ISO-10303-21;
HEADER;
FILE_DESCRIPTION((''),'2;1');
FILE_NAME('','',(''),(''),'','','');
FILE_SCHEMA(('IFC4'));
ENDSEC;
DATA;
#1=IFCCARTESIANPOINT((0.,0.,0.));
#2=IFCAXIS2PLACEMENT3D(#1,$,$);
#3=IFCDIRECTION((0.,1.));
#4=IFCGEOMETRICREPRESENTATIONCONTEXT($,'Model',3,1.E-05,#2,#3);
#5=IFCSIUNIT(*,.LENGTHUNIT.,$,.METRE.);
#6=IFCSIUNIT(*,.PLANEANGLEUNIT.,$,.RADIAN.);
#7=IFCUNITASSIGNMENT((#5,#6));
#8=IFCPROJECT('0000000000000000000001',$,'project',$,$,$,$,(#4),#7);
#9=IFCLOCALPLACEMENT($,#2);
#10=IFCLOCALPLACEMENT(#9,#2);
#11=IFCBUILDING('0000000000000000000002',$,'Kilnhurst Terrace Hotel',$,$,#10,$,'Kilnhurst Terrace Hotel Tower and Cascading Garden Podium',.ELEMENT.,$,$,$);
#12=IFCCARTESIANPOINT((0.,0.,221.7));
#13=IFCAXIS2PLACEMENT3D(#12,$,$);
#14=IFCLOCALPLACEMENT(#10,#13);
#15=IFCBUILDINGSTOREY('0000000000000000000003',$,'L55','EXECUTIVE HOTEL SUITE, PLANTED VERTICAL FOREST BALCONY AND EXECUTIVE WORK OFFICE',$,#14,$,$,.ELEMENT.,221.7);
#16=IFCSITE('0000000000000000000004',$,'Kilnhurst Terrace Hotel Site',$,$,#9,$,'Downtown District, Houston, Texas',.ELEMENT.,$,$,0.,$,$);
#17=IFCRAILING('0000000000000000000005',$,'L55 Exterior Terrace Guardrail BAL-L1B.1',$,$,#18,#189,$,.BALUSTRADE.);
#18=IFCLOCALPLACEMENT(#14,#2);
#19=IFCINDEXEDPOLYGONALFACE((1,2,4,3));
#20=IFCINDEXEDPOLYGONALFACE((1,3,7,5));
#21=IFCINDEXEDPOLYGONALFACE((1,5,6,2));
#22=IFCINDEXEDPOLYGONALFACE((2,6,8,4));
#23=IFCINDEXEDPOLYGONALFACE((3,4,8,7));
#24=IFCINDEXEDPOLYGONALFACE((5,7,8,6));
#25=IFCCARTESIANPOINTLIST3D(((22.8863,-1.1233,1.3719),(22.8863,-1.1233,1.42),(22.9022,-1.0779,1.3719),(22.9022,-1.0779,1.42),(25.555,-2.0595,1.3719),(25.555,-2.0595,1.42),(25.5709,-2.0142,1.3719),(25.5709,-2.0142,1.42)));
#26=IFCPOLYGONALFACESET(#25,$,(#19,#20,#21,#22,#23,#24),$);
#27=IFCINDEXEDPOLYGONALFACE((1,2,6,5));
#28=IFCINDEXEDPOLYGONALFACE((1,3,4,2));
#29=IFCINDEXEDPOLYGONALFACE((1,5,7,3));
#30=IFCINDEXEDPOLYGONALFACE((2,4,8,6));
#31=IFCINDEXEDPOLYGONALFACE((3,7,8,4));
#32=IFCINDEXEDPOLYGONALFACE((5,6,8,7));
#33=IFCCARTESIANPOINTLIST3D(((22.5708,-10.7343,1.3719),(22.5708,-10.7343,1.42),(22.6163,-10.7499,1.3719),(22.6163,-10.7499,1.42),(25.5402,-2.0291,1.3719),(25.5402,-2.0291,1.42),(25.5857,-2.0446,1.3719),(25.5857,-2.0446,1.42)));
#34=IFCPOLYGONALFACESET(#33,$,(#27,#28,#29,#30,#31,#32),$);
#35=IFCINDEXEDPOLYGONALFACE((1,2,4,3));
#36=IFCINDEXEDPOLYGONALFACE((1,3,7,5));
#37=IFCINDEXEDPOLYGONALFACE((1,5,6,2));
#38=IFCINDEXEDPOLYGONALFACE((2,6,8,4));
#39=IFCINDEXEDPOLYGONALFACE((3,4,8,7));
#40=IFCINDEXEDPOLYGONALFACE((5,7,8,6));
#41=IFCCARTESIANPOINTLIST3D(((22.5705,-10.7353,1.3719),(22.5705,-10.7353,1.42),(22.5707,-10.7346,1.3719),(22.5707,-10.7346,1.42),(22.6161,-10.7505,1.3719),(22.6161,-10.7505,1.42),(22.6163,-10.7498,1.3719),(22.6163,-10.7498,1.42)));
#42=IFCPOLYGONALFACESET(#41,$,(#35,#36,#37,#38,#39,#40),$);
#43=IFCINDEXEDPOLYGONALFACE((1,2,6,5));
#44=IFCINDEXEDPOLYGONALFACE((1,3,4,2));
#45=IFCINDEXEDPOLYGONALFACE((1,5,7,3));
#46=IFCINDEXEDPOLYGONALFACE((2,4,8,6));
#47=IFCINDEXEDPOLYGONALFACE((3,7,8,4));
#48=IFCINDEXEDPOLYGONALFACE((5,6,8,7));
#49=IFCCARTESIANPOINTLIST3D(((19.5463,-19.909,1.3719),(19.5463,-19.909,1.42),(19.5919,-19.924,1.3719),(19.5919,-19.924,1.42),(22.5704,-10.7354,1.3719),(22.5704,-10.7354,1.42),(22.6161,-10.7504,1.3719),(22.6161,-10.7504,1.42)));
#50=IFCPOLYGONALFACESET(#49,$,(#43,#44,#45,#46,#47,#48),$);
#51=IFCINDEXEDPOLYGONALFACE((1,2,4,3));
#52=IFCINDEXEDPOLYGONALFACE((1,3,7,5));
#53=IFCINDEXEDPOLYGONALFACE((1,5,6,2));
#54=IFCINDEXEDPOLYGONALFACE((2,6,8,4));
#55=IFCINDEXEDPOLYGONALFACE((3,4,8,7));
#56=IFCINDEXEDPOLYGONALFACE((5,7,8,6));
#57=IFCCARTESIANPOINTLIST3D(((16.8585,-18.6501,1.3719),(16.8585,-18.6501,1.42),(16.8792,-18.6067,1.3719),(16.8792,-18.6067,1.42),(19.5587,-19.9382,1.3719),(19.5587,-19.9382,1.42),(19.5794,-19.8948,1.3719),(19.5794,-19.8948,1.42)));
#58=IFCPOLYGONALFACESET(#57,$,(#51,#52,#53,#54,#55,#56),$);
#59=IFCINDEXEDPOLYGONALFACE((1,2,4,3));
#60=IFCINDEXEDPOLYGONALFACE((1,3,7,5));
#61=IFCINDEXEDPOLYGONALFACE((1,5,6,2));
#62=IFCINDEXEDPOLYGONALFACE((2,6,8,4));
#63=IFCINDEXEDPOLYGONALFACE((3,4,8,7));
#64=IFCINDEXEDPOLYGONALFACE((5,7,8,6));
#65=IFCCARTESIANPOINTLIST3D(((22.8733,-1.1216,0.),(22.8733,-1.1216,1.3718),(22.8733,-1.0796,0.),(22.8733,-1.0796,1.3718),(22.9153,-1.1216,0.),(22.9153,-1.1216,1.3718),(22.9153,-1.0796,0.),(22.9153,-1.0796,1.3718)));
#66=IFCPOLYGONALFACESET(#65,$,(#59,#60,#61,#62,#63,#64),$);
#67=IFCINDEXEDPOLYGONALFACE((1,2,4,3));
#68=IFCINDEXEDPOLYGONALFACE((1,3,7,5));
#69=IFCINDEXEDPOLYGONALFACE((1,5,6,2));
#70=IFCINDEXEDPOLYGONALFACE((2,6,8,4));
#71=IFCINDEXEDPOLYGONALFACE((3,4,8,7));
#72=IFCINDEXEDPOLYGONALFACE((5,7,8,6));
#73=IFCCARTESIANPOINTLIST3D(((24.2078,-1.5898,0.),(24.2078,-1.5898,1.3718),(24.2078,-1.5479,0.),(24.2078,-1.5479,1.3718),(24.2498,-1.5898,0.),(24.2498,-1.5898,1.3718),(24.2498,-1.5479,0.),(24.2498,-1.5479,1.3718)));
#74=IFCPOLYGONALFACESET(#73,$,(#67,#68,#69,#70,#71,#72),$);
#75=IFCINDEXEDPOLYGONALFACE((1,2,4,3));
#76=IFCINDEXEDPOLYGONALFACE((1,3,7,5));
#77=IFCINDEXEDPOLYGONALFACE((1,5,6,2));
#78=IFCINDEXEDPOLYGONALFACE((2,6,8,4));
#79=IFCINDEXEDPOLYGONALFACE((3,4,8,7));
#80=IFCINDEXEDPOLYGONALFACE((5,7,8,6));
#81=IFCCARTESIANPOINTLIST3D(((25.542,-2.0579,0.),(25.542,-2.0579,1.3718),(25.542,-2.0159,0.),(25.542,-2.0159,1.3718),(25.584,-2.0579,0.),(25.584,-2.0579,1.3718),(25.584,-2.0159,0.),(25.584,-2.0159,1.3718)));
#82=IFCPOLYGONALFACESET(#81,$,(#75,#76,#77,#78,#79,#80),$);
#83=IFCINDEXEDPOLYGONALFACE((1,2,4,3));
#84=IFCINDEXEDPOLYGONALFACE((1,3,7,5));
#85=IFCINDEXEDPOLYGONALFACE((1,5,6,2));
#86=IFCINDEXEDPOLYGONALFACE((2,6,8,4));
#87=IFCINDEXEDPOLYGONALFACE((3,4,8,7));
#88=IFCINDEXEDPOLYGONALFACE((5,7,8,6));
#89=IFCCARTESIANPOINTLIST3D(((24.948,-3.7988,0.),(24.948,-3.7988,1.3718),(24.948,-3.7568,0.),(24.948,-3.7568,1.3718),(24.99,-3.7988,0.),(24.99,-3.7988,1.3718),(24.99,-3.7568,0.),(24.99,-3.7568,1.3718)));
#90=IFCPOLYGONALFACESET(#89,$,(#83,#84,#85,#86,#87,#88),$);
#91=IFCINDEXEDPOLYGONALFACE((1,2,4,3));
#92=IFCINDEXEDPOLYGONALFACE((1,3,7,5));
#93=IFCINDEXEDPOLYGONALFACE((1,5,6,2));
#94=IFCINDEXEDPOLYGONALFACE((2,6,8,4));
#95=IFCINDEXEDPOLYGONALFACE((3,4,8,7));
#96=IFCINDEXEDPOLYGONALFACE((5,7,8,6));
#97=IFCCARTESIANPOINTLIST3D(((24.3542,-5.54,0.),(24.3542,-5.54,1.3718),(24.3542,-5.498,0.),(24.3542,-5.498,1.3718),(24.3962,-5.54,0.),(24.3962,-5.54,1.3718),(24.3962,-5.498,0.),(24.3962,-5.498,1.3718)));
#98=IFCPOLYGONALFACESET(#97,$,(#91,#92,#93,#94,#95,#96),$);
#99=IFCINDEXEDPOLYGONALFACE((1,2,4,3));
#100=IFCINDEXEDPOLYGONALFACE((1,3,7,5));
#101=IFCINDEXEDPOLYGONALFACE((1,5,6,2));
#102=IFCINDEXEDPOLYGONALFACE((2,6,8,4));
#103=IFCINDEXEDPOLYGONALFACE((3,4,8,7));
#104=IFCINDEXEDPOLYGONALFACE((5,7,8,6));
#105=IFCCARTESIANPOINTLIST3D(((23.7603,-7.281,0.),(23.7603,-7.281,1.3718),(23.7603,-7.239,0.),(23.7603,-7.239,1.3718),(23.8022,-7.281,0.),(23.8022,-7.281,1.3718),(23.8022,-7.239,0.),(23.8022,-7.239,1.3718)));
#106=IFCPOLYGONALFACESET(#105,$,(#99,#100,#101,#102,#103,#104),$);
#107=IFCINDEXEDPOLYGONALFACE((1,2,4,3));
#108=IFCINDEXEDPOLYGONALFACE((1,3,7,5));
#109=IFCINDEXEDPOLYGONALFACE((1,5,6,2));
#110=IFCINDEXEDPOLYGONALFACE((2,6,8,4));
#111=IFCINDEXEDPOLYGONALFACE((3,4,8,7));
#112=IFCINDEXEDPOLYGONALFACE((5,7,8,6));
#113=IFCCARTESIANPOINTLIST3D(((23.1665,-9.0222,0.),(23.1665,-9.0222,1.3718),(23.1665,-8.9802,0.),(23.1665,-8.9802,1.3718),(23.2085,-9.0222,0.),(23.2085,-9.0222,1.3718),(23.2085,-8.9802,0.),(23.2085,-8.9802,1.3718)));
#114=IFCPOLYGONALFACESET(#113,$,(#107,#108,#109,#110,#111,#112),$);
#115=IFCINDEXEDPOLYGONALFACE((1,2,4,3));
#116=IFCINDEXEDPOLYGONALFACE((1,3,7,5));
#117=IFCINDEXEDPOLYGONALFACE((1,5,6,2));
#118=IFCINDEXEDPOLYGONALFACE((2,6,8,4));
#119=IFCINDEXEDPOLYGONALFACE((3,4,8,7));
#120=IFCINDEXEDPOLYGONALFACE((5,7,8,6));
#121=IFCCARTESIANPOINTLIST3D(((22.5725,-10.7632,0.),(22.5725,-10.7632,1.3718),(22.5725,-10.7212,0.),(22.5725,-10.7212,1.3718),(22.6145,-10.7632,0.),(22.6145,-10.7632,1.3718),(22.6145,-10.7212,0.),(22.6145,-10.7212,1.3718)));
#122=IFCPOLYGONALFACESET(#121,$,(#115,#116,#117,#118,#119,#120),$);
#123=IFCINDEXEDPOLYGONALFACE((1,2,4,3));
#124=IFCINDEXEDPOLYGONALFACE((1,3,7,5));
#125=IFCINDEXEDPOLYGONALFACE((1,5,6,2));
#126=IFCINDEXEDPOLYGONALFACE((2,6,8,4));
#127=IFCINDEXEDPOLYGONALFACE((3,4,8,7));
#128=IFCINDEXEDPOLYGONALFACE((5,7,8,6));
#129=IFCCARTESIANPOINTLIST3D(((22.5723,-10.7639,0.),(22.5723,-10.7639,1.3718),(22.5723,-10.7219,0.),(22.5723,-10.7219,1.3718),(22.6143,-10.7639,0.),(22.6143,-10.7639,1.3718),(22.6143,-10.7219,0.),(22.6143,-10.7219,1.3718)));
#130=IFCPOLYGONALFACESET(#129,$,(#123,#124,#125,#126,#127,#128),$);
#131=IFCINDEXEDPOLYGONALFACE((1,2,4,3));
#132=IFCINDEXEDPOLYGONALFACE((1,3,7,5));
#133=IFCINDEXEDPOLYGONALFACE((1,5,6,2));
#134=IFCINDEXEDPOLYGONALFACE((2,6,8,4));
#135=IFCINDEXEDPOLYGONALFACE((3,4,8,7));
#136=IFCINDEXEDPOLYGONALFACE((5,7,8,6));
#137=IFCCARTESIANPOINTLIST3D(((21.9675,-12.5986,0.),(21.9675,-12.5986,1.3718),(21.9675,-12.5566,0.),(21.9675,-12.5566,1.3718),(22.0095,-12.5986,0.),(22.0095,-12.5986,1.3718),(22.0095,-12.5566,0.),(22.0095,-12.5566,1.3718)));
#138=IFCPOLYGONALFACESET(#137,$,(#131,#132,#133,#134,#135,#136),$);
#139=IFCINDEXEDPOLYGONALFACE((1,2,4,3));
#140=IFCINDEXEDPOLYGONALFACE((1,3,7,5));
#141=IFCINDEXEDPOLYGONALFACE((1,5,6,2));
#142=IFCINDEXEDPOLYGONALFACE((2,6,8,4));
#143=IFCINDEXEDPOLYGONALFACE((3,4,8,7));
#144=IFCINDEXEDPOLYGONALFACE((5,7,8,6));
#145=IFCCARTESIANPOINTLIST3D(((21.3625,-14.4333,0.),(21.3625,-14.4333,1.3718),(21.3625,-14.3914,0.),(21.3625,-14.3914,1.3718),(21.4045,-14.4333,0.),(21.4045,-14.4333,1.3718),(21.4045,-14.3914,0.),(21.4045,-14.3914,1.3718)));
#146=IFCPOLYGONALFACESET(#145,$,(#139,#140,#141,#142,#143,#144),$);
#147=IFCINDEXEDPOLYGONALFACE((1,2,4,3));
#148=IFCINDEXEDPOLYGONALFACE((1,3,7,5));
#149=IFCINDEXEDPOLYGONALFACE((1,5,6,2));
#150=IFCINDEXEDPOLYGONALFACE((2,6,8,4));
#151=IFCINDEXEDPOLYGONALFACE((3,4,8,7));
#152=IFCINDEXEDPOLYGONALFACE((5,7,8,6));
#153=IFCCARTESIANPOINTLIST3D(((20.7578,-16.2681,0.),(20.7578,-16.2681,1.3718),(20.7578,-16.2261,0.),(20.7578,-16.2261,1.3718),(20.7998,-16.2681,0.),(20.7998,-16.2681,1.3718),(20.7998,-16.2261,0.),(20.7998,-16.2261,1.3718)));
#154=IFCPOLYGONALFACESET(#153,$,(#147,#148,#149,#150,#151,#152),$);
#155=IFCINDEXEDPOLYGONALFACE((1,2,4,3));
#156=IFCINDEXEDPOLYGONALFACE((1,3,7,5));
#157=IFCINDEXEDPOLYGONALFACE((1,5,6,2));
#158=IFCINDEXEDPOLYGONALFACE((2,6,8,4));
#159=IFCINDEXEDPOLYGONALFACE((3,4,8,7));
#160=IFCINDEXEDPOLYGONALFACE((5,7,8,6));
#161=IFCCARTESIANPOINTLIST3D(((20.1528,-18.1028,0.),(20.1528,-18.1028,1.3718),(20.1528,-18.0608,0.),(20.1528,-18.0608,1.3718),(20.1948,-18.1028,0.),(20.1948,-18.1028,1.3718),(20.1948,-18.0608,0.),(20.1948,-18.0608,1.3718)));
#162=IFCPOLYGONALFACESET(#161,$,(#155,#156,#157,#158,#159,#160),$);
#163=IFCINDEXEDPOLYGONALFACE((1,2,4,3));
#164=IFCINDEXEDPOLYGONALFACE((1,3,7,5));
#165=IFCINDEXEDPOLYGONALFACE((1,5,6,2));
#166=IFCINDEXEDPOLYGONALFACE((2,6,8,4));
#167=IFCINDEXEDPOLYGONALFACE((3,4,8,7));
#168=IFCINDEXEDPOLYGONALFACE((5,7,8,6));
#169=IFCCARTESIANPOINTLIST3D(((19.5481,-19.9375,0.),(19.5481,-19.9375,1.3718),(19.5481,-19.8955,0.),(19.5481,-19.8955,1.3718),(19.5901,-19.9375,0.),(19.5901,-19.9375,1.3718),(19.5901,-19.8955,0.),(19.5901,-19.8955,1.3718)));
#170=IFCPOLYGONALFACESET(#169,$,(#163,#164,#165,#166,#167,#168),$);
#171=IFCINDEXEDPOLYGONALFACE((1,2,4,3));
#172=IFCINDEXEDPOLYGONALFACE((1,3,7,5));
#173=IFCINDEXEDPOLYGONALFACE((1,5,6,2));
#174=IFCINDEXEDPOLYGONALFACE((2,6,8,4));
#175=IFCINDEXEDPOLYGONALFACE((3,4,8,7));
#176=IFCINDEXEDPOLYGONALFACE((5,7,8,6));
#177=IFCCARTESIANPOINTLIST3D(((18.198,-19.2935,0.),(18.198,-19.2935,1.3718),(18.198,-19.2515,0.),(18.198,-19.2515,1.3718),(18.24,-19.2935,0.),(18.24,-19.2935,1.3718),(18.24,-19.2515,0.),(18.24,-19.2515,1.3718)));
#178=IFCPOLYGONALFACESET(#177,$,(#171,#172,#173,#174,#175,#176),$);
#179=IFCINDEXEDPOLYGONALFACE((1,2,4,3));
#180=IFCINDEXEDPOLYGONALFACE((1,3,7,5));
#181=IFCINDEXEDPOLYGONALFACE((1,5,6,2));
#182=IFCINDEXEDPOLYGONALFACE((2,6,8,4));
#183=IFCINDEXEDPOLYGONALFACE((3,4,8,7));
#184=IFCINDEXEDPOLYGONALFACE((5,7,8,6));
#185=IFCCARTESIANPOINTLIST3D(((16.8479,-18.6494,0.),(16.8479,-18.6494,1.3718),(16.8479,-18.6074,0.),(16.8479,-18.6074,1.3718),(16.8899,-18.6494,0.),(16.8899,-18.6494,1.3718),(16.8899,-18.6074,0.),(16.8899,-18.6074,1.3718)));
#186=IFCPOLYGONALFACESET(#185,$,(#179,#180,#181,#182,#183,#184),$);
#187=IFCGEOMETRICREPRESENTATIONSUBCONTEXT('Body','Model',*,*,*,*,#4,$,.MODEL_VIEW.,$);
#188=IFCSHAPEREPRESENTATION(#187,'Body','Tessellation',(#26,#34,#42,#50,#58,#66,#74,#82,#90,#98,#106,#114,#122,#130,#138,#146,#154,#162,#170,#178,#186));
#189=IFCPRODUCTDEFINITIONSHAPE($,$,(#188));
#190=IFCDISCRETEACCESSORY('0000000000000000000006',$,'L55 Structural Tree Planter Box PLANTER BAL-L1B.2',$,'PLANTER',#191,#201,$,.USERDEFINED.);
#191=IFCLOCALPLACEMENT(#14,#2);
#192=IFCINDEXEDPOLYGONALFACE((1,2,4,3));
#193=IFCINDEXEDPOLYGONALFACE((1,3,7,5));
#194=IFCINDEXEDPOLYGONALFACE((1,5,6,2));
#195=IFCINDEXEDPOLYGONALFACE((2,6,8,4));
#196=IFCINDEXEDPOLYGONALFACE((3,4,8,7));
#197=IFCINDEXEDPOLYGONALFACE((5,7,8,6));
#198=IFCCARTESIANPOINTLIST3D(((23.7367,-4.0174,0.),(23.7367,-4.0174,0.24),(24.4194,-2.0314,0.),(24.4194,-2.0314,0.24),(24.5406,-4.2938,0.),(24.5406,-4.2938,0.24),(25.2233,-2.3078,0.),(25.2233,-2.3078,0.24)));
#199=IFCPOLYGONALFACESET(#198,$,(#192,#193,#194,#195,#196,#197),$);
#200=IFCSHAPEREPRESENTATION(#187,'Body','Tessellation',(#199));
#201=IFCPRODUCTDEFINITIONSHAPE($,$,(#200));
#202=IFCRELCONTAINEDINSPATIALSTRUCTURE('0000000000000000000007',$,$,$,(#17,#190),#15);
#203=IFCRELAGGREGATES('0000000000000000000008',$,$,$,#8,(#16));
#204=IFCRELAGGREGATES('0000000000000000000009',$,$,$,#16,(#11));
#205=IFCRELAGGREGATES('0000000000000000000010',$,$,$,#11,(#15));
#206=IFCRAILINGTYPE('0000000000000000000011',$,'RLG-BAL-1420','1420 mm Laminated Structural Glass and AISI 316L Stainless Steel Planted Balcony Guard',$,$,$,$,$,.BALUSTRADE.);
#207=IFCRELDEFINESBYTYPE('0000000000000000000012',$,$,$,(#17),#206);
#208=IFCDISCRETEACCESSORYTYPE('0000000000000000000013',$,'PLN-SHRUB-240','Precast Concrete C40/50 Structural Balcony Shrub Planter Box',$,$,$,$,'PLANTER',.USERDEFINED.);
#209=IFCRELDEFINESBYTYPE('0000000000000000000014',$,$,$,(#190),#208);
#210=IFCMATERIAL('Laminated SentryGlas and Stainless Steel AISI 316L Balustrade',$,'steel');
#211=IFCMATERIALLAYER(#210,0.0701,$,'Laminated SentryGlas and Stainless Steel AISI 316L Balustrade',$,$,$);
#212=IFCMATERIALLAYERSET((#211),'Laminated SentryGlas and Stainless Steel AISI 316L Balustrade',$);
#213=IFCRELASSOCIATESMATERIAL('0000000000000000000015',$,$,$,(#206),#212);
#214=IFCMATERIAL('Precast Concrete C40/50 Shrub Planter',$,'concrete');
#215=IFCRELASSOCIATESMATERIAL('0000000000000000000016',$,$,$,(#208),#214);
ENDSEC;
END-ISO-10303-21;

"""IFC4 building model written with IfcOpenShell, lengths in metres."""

from ifc_helpers import new_model, si_unit, direction, frame, origin, origin_2d, place, context, subcontext, project, spatial, rectangle, extrude, material, layer, layer_set, type_object, element, save


model = new_model("IFC4")

# Units and contexts
model_context = context("Model", 3, precision=1e-05, world=origin(), true_north=direction((0.0, 1.0)))
body_context = subcontext(model_context, "Body", "Model", "MODEL_VIEW")
ifc_project = project(units=[si_unit("LENGTHUNIT", "METRE"), si_unit("PLANEANGLEUNIT", "RADIAN")], contexts=[model_context])

# Site, building, storey
site_placement = place(None, origin())
site = spatial("IfcSite", under=ifc_project, at=site_placement, Name="Kilnhurst Terrace Hotel Site", LongName="Downtown District, Houston, Texas", CompositionType="ELEMENT", RefElevation=0.0)
building_placement = place(site_placement, origin())
building = spatial("IfcBuilding", under=site, at=building_placement, Name="Kilnhurst Terrace Hotel", LongName="Kilnhurst Terrace Hotel Tower and Cascading Garden Podium", CompositionType="ELEMENT")
storey_placement = place(building_placement, frame((0.0, 0.0, 221.7)))
storey = spatial("IfcBuildingStorey", under=building, at=storey_placement, Name="L55", Description="EXECUTIVE HOTEL SUITE, PLANTED VERTICAL FOREST BALCONY AND EXECUTIVE WORK OFFICE", CompositionType="ELEMENT", Elevation=221.7)

# Railing
ifc_material_1 = material(Name="Laminated SentryGlas and Stainless Steel AISI 316L Balustrade", Category="steel")
ifc_layer_1 = layer(ifc_material_1, 0.0701, Name="Laminated SentryGlas and Stainless Steel AISI 316L Balustrade")
ifc_layer_set_1 = layer_set([ifc_layer_1], Name="Laminated SentryGlas and Stainless Steel AISI 316L Balustrade")
railing_type = type_object("IfcRailingType", Name="RLG-BAL-1420", Description="1420 mm Laminated Structural Glass and AISI 316L Stainless Steel Planted Balcony Guard", PredefinedType="BALUSTRADE", material=ifc_layer_set_1)
railing_placement = place(storey_placement, frame((22.8943, -1.1006, 0.0)))
element("IfcRailing", 1, at=railing_placement, inside=storey, type_object=railing_type, Name="L55 Exterior Terrace Guardrail BAL-L1B.1", PredefinedType="BALUSTRADE", context=body_context, shape_type="SweptSolid", body=[
    extrude(rectangle(XDim=0.0481, YDim=0.0481, at=origin_2d()), frame((0.0, 0.0, 1.396), z_axis=(0.943612, -0.331054, 0.0), x_axis=(0.331054, 0.943612, 0.0)), (0.0, 0.0, 1.0), 2.8281),
    extrude(rectangle(XDim=0.0481, YDim=0.0481, at=origin_2d()), frame((2.6687, -0.9363, 1.396), z_axis=(-0.322845, -0.946452, 0.0), x_axis=(0.946452, -0.322845, 0.0)), (0.0, 0.0, 1.0), 9.1978),
    extrude(rectangle(XDim=0.0481, YDim=0.0481, at=origin_2d()), frame((-0.3008, -9.6416, 1.396), z_axis=(-0.316228, -0.948683, 0.0), x_axis=(0.948683, -0.316228, 0.0)), (0.0, 0.0, 1.0), 0.0007),
    extrude(rectangle(XDim=0.0481, YDim=0.0481, at=origin_2d()), frame((-0.301, -9.6423, 1.396), z_axis=(-0.313087, -0.949725, 0.0), x_axis=(0.949725, -0.313087, 0.0)), (0.0, 0.0, 1.0), 9.6592),
    extrude(rectangle(XDim=0.0481, YDim=0.0481, at=origin_2d()), frame((-3.3252, -18.8159, 1.396), z_axis=(-0.902565, 0.430554, 0.0), x_axis=(-0.430554, -0.902565, 0.0)), (0.0, 0.0, 1.0), 2.9917),
    extrude(rectangle(XDim=0.042, YDim=0.042, at=origin_2d()), origin(), (0.0, 0.0, 1.0), 1.3718),
    extrude(rectangle(XDim=0.042, YDim=0.042, at=origin_2d()), frame((1.3345, -0.4683, 0.0)), (0.0, 0.0, 1.0), 1.3718),
    extrude(rectangle(XDim=0.042, YDim=0.042, at=origin_2d()), frame((2.6687, -0.9363, 0.0)), (0.0, 0.0, 1.0), 1.3718),
    extrude(rectangle(XDim=0.042, YDim=0.042, at=origin_2d()), frame((2.0747, -2.6772, 0.0)), (0.0, 0.0, 1.0), 1.3718),
    extrude(rectangle(XDim=0.042, YDim=0.042, at=origin_2d()), frame((1.481, -4.4185, 0.0)), (0.0, 0.0, 1.0), 1.3718),
    extrude(rectangle(XDim=0.042, YDim=0.042, at=origin_2d()), frame((0.887, -6.1594, 0.0)), (0.0, 0.0, 1.0), 1.3718),
    extrude(rectangle(XDim=0.042, YDim=0.042, at=origin_2d()), frame((0.2932, -7.9006, 0.0)), (0.0, 0.0, 1.0), 1.3718),
    extrude(rectangle(XDim=0.042, YDim=0.042, at=origin_2d()), frame((-0.3008, -9.6416, 0.0)), (0.0, 0.0, 1.0), 1.3718),
    extrude(rectangle(XDim=0.042, YDim=0.042, at=origin_2d()), frame((-0.301, -9.6423, 0.0)), (0.0, 0.0, 1.0), 1.3718),
    extrude(rectangle(XDim=0.042, YDim=0.042, at=origin_2d()), frame((-0.9058, -11.4771, 0.0)), (0.0, 0.0, 1.0), 1.3718),
    extrude(rectangle(XDim=0.042, YDim=0.042, at=origin_2d()), frame((-1.5107, -13.3118, 0.0)), (0.0, 0.0, 1.0), 1.3718),
    extrude(rectangle(XDim=0.042, YDim=0.042, at=origin_2d()), frame((-2.1155, -15.1465, 0.0)), (0.0, 0.0, 1.0), 1.3718),
    extrude(rectangle(XDim=0.042, YDim=0.042, at=origin_2d()), frame((-2.7205, -16.9812, 0.0)), (0.0, 0.0, 1.0), 1.3718),
    extrude(rectangle(XDim=0.042, YDim=0.042, at=origin_2d()), frame((-3.3252, -18.8159, 0.0)), (0.0, 0.0, 1.0), 1.3718),
    extrude(rectangle(XDim=0.042, YDim=0.042, at=origin_2d()), frame((-4.6753, -18.1719, 0.0)), (0.0, 0.0, 1.0), 1.3718),
    extrude(rectangle(XDim=0.042, YDim=0.042, at=origin_2d()), frame((-6.0254, -17.5278, 0.0)), (0.0, 0.0, 1.0), 1.3718),
])

# Discrete accessory
ifc_material_2 = material(Name="Precast Concrete C40/50 Shrub Planter", Category="concrete")
discrete_accessory_type = type_object("IfcDiscreteAccessoryType", Name="PLN-SHRUB-240", Description="Precast Concrete C40/50 Structural Balcony Shrub Planter Box", ElementType="PLANTER", PredefinedType="USERDEFINED", material=ifc_material_2)
discrete_accessory_placement = place(storey_placement, frame((24.48, -3.1626, 0.0), z_axis=(0.0, 0.0, 1.0), x_axis=(0.32509, 0.945683, 0.0)))
element("IfcDiscreteAccessory", 2, at=discrete_accessory_placement, inside=storey, type_object=discrete_accessory_type, Name="L55 Structural Tree Planter Box PLANTER BAL-L1B.2", ObjectType="PLANTER", PredefinedType="USERDEFINED", context=body_context, shape_type="SweptSolid", body=[
    extrude(rectangle(XDim=2.1001, YDim=0.8501, at=origin_2d()), origin(), (0.0, 0.0, 1.0), 0.24),
])

save(model, "model.ifc")
